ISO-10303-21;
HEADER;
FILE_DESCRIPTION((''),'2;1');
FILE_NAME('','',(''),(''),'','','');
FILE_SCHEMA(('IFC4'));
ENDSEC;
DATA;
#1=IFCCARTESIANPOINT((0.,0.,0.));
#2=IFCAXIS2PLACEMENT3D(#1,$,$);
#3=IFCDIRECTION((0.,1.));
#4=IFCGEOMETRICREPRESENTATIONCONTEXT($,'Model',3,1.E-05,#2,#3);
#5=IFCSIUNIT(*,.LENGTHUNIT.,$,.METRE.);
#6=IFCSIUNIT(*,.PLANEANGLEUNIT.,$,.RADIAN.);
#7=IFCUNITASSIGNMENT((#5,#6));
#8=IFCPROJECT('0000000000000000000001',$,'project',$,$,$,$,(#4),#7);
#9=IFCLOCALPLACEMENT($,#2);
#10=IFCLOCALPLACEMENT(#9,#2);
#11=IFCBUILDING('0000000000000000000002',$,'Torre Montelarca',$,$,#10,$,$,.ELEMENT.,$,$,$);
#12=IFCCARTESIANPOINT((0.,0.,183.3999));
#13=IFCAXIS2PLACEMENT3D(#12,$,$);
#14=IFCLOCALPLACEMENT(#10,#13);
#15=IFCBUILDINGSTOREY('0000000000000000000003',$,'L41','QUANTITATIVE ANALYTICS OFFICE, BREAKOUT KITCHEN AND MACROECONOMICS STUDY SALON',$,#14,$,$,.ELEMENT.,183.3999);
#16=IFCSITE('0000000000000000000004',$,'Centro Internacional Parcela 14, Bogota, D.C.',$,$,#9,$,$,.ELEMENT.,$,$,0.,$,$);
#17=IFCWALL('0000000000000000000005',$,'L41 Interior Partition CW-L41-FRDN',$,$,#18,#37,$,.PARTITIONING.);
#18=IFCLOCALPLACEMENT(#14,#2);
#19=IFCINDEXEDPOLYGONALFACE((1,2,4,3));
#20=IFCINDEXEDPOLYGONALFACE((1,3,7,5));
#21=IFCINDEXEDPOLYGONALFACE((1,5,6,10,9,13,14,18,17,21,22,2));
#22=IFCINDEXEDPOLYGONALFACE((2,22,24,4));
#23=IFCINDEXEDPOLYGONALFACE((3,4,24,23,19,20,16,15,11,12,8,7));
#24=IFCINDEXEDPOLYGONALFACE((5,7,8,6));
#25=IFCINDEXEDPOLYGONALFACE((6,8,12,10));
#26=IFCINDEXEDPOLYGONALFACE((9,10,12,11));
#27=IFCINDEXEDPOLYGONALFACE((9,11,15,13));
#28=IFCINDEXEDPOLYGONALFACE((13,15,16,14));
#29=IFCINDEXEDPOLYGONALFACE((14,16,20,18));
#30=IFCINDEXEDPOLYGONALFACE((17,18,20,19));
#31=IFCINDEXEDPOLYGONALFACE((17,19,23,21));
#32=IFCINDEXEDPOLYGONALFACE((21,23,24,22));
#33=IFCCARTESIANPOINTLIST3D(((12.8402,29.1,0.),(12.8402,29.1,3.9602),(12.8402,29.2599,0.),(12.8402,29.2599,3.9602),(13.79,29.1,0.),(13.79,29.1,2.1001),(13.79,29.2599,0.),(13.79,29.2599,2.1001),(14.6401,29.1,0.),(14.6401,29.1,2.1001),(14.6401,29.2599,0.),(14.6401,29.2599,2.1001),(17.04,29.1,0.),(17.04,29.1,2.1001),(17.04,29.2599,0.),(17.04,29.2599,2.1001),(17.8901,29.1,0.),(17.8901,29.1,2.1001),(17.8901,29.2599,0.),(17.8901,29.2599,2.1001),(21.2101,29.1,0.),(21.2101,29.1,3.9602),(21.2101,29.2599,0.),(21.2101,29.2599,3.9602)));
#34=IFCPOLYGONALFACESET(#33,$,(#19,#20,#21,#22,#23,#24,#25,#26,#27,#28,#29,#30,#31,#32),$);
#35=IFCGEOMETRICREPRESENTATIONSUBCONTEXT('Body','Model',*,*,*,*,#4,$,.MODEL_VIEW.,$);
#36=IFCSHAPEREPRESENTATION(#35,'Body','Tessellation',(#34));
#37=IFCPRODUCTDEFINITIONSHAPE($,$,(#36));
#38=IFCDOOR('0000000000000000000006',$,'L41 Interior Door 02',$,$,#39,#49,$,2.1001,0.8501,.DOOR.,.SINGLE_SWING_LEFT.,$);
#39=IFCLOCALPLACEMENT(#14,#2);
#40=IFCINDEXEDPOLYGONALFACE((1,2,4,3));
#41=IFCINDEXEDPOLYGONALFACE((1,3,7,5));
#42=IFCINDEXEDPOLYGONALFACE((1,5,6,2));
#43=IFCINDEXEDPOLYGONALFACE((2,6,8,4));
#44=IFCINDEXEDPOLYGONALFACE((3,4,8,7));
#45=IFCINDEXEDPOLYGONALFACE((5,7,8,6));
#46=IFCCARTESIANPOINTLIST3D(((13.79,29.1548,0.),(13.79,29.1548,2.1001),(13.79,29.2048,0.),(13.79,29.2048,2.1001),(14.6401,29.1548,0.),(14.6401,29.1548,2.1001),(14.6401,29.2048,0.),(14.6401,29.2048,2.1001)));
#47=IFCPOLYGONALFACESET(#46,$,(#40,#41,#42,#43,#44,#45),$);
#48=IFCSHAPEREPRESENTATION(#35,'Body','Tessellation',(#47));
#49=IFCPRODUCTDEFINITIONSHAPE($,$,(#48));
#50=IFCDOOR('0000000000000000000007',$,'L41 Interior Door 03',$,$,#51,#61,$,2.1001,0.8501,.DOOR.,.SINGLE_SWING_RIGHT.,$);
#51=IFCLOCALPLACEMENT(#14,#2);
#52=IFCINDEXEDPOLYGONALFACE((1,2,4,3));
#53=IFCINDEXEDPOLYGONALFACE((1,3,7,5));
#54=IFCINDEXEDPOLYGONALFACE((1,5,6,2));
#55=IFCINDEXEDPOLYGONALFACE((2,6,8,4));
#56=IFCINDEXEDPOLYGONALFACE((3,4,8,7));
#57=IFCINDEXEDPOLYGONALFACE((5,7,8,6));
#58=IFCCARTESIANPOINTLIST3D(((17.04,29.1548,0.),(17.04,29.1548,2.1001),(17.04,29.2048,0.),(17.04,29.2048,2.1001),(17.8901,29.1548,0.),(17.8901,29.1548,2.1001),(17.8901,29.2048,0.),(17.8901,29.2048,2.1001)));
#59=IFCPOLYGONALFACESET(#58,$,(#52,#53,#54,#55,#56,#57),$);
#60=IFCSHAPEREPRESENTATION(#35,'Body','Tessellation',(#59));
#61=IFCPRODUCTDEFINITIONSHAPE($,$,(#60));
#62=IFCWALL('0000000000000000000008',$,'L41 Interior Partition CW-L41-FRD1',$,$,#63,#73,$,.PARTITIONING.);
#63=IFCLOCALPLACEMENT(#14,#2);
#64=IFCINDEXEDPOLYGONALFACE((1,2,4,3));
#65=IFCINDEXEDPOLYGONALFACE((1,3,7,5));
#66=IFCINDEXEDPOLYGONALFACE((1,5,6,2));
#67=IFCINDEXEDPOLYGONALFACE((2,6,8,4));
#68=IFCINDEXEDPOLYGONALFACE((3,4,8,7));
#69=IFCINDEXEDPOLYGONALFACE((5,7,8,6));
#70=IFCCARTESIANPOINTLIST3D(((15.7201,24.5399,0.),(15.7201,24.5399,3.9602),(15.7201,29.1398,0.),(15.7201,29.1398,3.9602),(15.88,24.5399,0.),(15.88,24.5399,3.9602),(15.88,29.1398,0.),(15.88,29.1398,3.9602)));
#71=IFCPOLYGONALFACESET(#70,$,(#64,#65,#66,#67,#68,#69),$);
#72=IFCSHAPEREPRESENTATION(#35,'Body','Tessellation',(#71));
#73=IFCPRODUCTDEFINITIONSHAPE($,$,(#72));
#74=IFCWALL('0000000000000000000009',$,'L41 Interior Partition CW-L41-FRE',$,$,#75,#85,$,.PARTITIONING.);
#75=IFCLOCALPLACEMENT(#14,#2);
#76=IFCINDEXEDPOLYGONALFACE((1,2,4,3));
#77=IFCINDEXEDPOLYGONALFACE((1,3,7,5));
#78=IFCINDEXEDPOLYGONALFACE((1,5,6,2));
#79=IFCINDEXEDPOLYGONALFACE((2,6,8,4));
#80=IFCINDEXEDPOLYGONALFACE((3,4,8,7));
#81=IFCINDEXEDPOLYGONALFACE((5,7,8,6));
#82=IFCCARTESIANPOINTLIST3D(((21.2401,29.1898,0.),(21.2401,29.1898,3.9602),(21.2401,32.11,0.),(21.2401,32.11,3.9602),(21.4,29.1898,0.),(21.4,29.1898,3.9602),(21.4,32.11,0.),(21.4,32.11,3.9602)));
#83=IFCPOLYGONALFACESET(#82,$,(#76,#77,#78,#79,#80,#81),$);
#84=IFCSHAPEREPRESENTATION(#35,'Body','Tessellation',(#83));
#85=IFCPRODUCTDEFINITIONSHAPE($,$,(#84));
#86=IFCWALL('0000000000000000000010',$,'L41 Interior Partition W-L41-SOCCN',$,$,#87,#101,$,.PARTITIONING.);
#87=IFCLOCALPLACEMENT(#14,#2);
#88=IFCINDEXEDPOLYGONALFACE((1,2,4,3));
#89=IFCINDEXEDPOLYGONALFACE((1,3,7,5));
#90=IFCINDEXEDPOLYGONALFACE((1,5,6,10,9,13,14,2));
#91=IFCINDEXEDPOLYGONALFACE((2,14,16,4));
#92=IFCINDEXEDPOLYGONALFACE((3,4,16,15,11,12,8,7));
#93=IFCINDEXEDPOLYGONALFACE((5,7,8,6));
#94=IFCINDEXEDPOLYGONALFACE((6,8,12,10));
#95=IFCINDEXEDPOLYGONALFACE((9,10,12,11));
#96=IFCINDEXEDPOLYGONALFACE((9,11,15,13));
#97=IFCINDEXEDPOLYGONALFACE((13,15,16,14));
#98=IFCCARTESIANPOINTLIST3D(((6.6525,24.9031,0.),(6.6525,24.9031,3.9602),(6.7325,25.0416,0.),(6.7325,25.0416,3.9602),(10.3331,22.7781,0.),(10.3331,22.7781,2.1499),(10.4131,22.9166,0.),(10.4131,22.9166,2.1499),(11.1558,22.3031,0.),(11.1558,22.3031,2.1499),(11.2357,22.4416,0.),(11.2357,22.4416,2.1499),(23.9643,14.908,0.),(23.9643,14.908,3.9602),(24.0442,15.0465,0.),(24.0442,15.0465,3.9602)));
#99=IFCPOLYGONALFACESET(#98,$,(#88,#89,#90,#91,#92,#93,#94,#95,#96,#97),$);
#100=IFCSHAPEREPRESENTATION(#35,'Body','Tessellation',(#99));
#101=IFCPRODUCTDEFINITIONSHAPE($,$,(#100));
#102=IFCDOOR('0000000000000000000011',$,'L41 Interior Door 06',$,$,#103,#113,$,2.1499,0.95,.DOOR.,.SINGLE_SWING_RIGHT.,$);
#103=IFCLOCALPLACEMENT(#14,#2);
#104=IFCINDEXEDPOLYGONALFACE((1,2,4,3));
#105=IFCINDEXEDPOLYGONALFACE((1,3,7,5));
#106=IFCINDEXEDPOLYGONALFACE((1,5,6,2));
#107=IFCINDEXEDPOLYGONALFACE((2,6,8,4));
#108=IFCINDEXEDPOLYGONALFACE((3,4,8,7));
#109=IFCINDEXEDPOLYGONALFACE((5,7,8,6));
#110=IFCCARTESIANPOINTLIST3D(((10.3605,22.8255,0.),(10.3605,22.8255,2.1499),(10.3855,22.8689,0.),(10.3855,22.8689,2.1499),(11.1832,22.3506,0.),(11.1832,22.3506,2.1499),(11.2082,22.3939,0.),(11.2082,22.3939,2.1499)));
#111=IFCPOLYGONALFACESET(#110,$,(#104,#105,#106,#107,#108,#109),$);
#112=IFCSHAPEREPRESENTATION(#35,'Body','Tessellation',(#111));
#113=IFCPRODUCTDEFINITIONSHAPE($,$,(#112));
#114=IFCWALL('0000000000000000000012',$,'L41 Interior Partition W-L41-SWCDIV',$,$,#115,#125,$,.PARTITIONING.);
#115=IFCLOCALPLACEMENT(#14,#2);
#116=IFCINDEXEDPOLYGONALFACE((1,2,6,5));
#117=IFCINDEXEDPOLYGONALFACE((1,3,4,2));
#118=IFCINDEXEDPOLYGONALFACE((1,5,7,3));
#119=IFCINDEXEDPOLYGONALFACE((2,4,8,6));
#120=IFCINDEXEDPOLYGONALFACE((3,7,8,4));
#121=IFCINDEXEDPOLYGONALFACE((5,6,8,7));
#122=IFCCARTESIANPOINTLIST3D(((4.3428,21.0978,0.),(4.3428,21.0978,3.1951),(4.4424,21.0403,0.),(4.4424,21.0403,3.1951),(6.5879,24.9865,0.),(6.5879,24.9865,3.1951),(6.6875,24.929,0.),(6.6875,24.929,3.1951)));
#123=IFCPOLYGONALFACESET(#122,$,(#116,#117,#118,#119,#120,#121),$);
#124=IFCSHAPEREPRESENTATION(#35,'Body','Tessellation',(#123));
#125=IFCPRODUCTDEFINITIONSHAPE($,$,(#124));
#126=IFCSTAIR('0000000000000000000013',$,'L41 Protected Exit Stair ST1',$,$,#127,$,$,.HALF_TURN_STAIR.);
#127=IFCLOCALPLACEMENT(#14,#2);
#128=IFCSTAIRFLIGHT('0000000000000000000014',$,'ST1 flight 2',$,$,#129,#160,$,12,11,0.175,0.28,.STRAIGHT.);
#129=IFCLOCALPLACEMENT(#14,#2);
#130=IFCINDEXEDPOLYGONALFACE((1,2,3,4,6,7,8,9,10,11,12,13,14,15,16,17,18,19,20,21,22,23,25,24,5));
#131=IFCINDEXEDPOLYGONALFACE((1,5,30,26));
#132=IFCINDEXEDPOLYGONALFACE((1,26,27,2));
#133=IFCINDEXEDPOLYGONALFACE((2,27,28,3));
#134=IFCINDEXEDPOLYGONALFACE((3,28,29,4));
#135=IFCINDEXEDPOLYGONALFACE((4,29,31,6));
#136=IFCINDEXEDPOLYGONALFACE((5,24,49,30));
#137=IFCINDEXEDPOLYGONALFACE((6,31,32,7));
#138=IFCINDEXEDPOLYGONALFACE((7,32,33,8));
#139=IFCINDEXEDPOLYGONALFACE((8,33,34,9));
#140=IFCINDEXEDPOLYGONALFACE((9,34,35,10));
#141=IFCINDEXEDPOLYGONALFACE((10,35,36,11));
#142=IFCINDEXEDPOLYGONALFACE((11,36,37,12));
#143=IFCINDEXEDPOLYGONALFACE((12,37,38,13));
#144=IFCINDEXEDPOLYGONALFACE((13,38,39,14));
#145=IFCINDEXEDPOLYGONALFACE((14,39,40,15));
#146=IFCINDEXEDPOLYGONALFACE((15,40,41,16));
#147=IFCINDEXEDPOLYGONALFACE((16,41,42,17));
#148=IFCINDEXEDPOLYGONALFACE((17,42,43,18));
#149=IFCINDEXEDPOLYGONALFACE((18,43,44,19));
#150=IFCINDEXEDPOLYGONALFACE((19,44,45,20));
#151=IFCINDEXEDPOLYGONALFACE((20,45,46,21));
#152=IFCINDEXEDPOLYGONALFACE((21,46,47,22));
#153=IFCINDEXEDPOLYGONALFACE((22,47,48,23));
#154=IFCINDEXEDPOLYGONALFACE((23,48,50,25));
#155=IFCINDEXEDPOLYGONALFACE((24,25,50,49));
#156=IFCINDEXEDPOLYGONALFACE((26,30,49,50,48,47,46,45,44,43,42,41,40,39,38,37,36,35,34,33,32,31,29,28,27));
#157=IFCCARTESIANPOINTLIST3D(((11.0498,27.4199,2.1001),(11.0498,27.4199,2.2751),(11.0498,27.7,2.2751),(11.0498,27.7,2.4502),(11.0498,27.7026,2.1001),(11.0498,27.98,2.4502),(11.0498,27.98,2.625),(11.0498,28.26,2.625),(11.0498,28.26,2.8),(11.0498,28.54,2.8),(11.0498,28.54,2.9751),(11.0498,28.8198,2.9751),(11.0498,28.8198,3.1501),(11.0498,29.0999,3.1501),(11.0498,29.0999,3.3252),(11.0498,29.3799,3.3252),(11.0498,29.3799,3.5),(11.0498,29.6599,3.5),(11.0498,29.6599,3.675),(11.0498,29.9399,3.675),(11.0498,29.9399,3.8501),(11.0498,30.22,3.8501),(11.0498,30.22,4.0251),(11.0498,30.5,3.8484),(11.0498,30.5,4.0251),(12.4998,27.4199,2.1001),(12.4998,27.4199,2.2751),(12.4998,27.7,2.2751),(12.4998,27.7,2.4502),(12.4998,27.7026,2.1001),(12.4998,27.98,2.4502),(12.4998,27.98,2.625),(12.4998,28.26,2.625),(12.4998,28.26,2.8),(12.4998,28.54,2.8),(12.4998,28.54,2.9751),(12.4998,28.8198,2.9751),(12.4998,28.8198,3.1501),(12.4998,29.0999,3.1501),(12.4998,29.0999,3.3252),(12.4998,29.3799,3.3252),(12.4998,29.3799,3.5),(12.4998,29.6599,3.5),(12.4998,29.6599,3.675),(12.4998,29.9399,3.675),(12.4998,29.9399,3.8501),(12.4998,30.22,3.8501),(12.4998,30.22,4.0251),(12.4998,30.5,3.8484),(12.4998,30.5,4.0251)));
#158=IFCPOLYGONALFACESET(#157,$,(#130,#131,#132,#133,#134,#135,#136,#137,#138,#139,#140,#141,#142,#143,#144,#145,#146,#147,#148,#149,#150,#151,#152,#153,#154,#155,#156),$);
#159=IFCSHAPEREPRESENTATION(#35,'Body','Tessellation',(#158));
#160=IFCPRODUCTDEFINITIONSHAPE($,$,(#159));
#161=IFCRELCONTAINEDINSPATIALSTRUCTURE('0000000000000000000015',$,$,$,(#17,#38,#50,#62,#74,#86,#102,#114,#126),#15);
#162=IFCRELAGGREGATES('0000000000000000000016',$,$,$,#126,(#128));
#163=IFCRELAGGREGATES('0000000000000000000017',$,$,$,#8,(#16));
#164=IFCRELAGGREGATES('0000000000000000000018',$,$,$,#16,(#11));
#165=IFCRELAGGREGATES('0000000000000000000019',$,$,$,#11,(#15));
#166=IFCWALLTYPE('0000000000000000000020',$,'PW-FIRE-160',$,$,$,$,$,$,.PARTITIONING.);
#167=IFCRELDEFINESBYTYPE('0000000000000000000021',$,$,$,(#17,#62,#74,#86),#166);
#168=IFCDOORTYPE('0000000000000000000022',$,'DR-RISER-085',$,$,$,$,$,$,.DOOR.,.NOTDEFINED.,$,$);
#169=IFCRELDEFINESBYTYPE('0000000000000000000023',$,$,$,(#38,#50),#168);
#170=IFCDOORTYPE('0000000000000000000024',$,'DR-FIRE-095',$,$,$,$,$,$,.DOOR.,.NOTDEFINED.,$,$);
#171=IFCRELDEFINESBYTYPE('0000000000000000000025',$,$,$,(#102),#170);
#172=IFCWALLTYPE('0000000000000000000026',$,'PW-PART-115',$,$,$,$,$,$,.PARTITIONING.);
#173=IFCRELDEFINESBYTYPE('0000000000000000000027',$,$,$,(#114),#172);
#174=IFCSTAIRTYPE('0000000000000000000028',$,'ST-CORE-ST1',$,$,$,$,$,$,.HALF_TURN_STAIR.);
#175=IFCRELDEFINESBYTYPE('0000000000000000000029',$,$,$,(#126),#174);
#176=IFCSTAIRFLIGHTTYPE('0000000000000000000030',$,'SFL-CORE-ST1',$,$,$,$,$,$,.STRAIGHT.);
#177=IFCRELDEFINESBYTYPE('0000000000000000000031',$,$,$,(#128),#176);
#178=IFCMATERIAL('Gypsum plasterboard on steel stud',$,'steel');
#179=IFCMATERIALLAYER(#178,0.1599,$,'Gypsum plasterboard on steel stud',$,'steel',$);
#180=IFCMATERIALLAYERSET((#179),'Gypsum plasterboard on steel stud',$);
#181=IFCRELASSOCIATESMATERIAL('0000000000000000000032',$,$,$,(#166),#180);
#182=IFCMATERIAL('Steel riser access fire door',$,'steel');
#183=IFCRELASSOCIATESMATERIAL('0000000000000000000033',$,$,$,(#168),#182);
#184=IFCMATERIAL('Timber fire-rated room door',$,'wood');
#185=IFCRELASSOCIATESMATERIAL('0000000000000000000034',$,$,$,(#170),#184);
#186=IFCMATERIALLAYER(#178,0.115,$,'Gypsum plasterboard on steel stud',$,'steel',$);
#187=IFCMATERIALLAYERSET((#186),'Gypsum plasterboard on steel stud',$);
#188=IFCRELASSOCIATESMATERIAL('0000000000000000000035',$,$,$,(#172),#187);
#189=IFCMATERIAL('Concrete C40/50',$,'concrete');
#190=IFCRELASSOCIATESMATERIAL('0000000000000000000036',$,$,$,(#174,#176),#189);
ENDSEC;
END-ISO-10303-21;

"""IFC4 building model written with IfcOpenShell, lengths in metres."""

from ifc_helpers import new_model, si_unit, direction, frame, frame_2d, origin, place, context, subcontext, project, spatial, polyline, rectangle, outline, extrude, source, transform, mapped, material, layer, layer_set, type_object, element, fill, aggregate, save


model = new_model("IFC4")

# Units and contexts
model_context = context("Model", 3, precision=1e-05, world=origin(), true_north=direction((0.0, 1.0)))
body_context = subcontext(model_context, "Body", "Model", "MODEL_VIEW")
ifc_project = project(units=[si_unit("LENGTHUNIT", "METRE"), si_unit("PLANEANGLEUNIT", "RADIAN")], contexts=[model_context])

# Site, building, storey
site_placement = place(None, origin())
site = spatial("IfcSite", under=ifc_project, at=site_placement, Name="Centro Internacional Parcela 14, Bogota, D.C.", CompositionType="ELEMENT", RefElevation=0.0)
building_placement = place(site_placement, origin())
building = spatial("IfcBuilding", under=site, at=building_placement, Name="Torre Montelarca", CompositionType="ELEMENT")
storey_placement = place(building_placement, frame((0.0, 0.0, 183.3999)))
storey = spatial("IfcBuildingStorey", under=building, at=storey_placement, Name="L41", Description="QUANTITATIVE ANALYTICS OFFICE, BREAKOUT KITCHEN AND MACROECONOMICS STUDY SALON", CompositionType="ELEMENT", Elevation=183.3999)

# Shared definitions
ifc_material_1 = material(Name="Concrete C40/50", Category="concrete")

# Wall, openings, doors
ifc_material_2 = material(Name="Gypsum plasterboard on steel stud", Category="steel")
ifc_layer_1 = layer(ifc_material_2, 0.1599, Name="Gypsum plasterboard on steel stud", Category="steel")
ifc_layer_set_1 = layer_set([ifc_layer_1], Name="Gypsum plasterboard on steel stud")
wall_type_1 = type_object("IfcWallType", Name="PW-FIRE-160", PredefinedType="PARTITIONING", material=ifc_layer_set_1)
wall_1_placement = place(storey_placement, frame((12.8401, 29.1799, 0.0), z_axis=(0.0, 0.0, 1.0), x_axis=(1.0, 0.0, 0.0)))
wall_1 = element("IfcWall", 1, at=wall_1_placement, inside=storey, type_object=wall_type_1, Name="L41 Interior Partition CW-L41-FRDN", PredefinedType="PARTITIONING", context=body_context, shape_type="SweptSolid", body=[
    extrude(rectangle(XDim=8.3699, YDim=0.1599, at=frame_2d((4.1851, 0.0))), origin(), (0.0, 0.0, 1.0), 3.9602),
])
opening_1_placement = place(wall_1_placement, frame((0.95, 0.0, 0.0)))
opening_1 = element("IfcOpeningElement", 2, at=opening_1_placement, cuts=wall_1, PredefinedType="OPENING", context=body_context, shape_type="SweptSolid", body=[
    extrude(rectangle(XDim=0.8501, YDim=2.1001, at=frame_2d((0.425, 1.05))), frame((0.0, 0.0898, 0.0), z_axis=(0.0, -1.0, 0.0), x_axis=(1.0, 0.0, 0.0)), (0.0, 0.0, 1.0), 0.1799),
])
opening_2_placement = place(wall_1_placement, frame((4.2, 0.0, 0.0)))
opening_2 = element("IfcOpeningElement", 3, at=opening_2_placement, cuts=wall_1, PredefinedType="OPENING", context=body_context, shape_type="SweptSolid", body=[
    extrude(rectangle(XDim=0.8501, YDim=2.1001, at=frame_2d((0.425, 1.05))), frame((0.0, 0.0898, 0.0), z_axis=(0.0, -1.0, 0.0), x_axis=(1.0, 0.0, 0.0)), (0.0, 0.0, 1.0), 0.1799),
])
ifc_material_3 = material(Name="Steel riser access fire door", Category="steel")
door_type_1 = type_object("IfcDoorType", Name="DR-RISER-085", OperationType="NOTDEFINED", PredefinedType="DOOR", material=ifc_material_3)
shared_shape_1 = source(origin(), body_context, "Body", "SweptSolid", [
    extrude(rectangle(XDim=0.8501, YDim=2.1001, at=frame_2d((0.425, 1.05))), frame((0.0, 0.0249, 0.0), z_axis=(0.0, -1.0, 0.0), x_axis=(1.0, 0.0, 0.0)), (0.0, 0.0, 1.0), 0.05),
])
door_1_placement = place(opening_1_placement, origin())
door_1 = element("IfcDoor", 4, at=door_1_placement, inside=storey, type_object=door_type_1, Name="L41 Interior Door 02", OperationType="SINGLE_SWING_LEFT", OverallHeight=2.1001, OverallWidth=0.8501, PredefinedType="DOOR", context=body_context, shape_type="MappedRepresentation", body=[
    mapped(shared_shape_1, transform((0.0, 0.0, 0.0), scale=1.0)),
])
fill(opening_1, door_1)
door_2_placement = place(opening_2_placement, origin())
door_2 = element("IfcDoor", 5, at=door_2_placement, inside=storey, type_object=door_type_1, Name="L41 Interior Door 03", OperationType="SINGLE_SWING_RIGHT", OverallHeight=2.1001, OverallWidth=0.8501, PredefinedType="DOOR", context=body_context, shape_type="MappedRepresentation", body=[
    mapped(shared_shape_1, transform((0.0, 0.0, 0.0), scale=1.0)),
])
fill(opening_2, door_2)

# Walls
wall_2_placement = place(storey_placement, frame((15.8, 24.54, 0.0), z_axis=(0.0, 0.0, 1.0), x_axis=(0.0, 1.0, 0.0)))
element("IfcWall", 6, at=wall_2_placement, inside=storey, type_object=wall_type_1, Name="L41 Interior Partition CW-L41-FRD1", PredefinedType="PARTITIONING", context=body_context, shape_type="SweptSolid", body=[
    extrude(rectangle(XDim=4.5999, YDim=0.1599, at=frame_2d((2.2998, 0.0))), origin(), (0.0, 0.0, 1.0), 3.9602),
])
wall_3_placement = place(storey_placement, frame((21.3201, 29.1899, 0.0), z_axis=(0.0, 0.0, 1.0), x_axis=(0.0, 1.0, 0.0)))
element("IfcWall", 7, at=wall_3_placement, inside=storey, type_object=wall_type_1, Name="L41 Interior Partition CW-L41-FRE", PredefinedType="PARTITIONING", context=body_context, shape_type="SweptSolid", body=[
    extrude(rectangle(XDim=2.9202, YDim=0.1599, at=frame_2d((1.46, 0.0))), origin(), (0.0, 0.0, 1.0), 3.9602),
])

# Wall, opening, door
wall_4_placement = place(storey_placement, frame((6.6924, 24.9724, 0.0), z_axis=(0.0, 0.0, 1.0), x_axis=(0.866022, -0.500006, 0.0)))
wall_4 = element("IfcWall", 8, at=wall_4_placement, inside=storey, type_object=wall_type_1, Name="L41 Interior Partition W-L41-SOCCN", PredefinedType="PARTITIONING", context=body_context, shape_type="SweptSolid", body=[
    extrude(rectangle(XDim=19.99, YDim=0.1599, at=frame_2d((9.9951, 0.0))), origin(), (0.0, 0.0, 1.0), 3.9602),
])
opening_3_placement = place(wall_4_placement, frame((4.25, 0.0, 0.0)))
opening_3 = element("IfcOpeningElement", 9, at=opening_3_placement, cuts=wall_4, PredefinedType="OPENING", context=body_context, shape_type="SweptSolid", body=[
    extrude(rectangle(XDim=0.95, YDim=2.1499, at=frame_2d((0.4751, 1.075))), frame((0.0, 0.0898, 0.0), z_axis=(0.0, -1.0, 0.0), x_axis=(1.0, 0.0, 0.0)), (0.0, 0.0, 1.0), 0.1799),
])
ifc_material_4 = material(Name="Timber fire-rated room door", Category="wood")
door_type_2 = type_object("IfcDoorType", Name="DR-FIRE-095", OperationType="NOTDEFINED", PredefinedType="DOOR", material=ifc_material_4)
shared_shape_2 = source(origin(), body_context, "Body", "SweptSolid", [
    extrude(rectangle(XDim=0.95, YDim=2.1499, at=frame_2d((0.4751, 1.075))), frame((0.0, 0.0249, 0.0), z_axis=(0.0, -1.0, 0.0), x_axis=(1.0, 0.0, 0.0)), (0.0, 0.0, 1.0), 0.05),
])
door_3_placement = place(opening_3_placement, origin())
door_3 = element("IfcDoor", 10, at=door_3_placement, inside=storey, type_object=door_type_2, Name="L41 Interior Door 06", OperationType="SINGLE_SWING_RIGHT", OverallHeight=2.1499, OverallWidth=0.95, PredefinedType="DOOR", context=body_context, shape_type="MappedRepresentation", body=[
    mapped(shared_shape_2, transform((0.0, 0.0, 0.0), scale=1.0)),
])
fill(opening_3, door_3)

# Wall
ifc_layer_2 = layer(ifc_material_2, 0.115, Name="Gypsum plasterboard on steel stud", Category="steel")
ifc_layer_set_2 = layer_set([ifc_layer_2], Name="Gypsum plasterboard on steel stud")
wall_type_2 = type_object("IfcWallType", Name="PW-PART-115", PredefinedType="PARTITIONING", material=ifc_layer_set_2)
wall_5_placement = place(storey_placement, frame((4.3926, 21.0691, 0.0), z_axis=(0.0, 0.0, 1.0), x_axis=(0.499999, 0.866026, 0.0)))
element("IfcWall", 11, at=wall_5_placement, inside=storey, type_object=wall_type_2, Name="L41 Interior Partition W-L41-SWCDIV", PredefinedType="PARTITIONING", context=body_context, shape_type="SweptSolid", body=[
    extrude(rectangle(XDim=4.4902, YDim=0.115, at=frame_2d((2.2451, 0.0))), origin(), (0.0, 0.0, 1.0), 3.1951),
])

# Stair, stair flight
stair_type = type_object("IfcStairType", Name="ST-CORE-ST1", PredefinedType="HALF_TURN_STAIR", material=ifc_material_1)
stair_placement = place(storey_placement, origin())
stair = element("IfcStair", 12, at=stair_placement, inside=storey, type_object=stair_type, Name="L41 Protected Exit Stair ST1", PredefinedType="HALF_TURN_STAIR")
stair_flight_type = type_object("IfcStairFlightType", Name="SFL-CORE-ST1", PredefinedType="STRAIGHT", material=ifc_material_1)
stair_flight_placement = place(storey_placement, frame((11.7749, 27.4199, 2.1001), z_axis=(0.0, 0.0, 1.0), x_axis=(0.0, 1.0, 0.0)))
stair_flight = element("IfcStairFlight", 13, at=stair_flight_placement, type_object=stair_flight_type, Name="ST1 flight 2", NumberOfRisers=12, NumberOfTreads=11, PredefinedType="STRAIGHT", RiserHeight=0.175, TreadLength=0.28, context=body_context, shape_type="SweptSolid", body=[
    extrude(outline(polyline([(0.0, 0.0), (0.0, 0.175), (0.28, 0.175), (0.28, 0.3501), (0.5601, 0.3501), (0.5601, 0.5249), (0.8401, 0.5249), (0.8401, 0.7), (1.1201, 0.7), (1.1201, 0.875), (1.3999, 0.875), (1.3999, 1.05), (1.6799, 1.05), (1.6799, 1.2251), (1.96, 1.2251), (1.96, 1.3999), (2.24, 1.3999), (2.24, 1.575), (2.52, 1.575), (2.52, 1.75), (2.8, 1.75), (2.8, 1.925), (3.0801, 1.925), (3.0801, 2.1001), (3.0801, 1.7483), (0.2827, 0.0), (0.0, 0.0)])), frame((0.0, 0.7251, 0.0), z_axis=(0.0, -1.0, 0.0), x_axis=(1.0, 0.0, 0.0)), (0.0, 0.0, 1.0), 1.45),
])
aggregate(stair, [stair_flight])

save(model, "model.ifc")
